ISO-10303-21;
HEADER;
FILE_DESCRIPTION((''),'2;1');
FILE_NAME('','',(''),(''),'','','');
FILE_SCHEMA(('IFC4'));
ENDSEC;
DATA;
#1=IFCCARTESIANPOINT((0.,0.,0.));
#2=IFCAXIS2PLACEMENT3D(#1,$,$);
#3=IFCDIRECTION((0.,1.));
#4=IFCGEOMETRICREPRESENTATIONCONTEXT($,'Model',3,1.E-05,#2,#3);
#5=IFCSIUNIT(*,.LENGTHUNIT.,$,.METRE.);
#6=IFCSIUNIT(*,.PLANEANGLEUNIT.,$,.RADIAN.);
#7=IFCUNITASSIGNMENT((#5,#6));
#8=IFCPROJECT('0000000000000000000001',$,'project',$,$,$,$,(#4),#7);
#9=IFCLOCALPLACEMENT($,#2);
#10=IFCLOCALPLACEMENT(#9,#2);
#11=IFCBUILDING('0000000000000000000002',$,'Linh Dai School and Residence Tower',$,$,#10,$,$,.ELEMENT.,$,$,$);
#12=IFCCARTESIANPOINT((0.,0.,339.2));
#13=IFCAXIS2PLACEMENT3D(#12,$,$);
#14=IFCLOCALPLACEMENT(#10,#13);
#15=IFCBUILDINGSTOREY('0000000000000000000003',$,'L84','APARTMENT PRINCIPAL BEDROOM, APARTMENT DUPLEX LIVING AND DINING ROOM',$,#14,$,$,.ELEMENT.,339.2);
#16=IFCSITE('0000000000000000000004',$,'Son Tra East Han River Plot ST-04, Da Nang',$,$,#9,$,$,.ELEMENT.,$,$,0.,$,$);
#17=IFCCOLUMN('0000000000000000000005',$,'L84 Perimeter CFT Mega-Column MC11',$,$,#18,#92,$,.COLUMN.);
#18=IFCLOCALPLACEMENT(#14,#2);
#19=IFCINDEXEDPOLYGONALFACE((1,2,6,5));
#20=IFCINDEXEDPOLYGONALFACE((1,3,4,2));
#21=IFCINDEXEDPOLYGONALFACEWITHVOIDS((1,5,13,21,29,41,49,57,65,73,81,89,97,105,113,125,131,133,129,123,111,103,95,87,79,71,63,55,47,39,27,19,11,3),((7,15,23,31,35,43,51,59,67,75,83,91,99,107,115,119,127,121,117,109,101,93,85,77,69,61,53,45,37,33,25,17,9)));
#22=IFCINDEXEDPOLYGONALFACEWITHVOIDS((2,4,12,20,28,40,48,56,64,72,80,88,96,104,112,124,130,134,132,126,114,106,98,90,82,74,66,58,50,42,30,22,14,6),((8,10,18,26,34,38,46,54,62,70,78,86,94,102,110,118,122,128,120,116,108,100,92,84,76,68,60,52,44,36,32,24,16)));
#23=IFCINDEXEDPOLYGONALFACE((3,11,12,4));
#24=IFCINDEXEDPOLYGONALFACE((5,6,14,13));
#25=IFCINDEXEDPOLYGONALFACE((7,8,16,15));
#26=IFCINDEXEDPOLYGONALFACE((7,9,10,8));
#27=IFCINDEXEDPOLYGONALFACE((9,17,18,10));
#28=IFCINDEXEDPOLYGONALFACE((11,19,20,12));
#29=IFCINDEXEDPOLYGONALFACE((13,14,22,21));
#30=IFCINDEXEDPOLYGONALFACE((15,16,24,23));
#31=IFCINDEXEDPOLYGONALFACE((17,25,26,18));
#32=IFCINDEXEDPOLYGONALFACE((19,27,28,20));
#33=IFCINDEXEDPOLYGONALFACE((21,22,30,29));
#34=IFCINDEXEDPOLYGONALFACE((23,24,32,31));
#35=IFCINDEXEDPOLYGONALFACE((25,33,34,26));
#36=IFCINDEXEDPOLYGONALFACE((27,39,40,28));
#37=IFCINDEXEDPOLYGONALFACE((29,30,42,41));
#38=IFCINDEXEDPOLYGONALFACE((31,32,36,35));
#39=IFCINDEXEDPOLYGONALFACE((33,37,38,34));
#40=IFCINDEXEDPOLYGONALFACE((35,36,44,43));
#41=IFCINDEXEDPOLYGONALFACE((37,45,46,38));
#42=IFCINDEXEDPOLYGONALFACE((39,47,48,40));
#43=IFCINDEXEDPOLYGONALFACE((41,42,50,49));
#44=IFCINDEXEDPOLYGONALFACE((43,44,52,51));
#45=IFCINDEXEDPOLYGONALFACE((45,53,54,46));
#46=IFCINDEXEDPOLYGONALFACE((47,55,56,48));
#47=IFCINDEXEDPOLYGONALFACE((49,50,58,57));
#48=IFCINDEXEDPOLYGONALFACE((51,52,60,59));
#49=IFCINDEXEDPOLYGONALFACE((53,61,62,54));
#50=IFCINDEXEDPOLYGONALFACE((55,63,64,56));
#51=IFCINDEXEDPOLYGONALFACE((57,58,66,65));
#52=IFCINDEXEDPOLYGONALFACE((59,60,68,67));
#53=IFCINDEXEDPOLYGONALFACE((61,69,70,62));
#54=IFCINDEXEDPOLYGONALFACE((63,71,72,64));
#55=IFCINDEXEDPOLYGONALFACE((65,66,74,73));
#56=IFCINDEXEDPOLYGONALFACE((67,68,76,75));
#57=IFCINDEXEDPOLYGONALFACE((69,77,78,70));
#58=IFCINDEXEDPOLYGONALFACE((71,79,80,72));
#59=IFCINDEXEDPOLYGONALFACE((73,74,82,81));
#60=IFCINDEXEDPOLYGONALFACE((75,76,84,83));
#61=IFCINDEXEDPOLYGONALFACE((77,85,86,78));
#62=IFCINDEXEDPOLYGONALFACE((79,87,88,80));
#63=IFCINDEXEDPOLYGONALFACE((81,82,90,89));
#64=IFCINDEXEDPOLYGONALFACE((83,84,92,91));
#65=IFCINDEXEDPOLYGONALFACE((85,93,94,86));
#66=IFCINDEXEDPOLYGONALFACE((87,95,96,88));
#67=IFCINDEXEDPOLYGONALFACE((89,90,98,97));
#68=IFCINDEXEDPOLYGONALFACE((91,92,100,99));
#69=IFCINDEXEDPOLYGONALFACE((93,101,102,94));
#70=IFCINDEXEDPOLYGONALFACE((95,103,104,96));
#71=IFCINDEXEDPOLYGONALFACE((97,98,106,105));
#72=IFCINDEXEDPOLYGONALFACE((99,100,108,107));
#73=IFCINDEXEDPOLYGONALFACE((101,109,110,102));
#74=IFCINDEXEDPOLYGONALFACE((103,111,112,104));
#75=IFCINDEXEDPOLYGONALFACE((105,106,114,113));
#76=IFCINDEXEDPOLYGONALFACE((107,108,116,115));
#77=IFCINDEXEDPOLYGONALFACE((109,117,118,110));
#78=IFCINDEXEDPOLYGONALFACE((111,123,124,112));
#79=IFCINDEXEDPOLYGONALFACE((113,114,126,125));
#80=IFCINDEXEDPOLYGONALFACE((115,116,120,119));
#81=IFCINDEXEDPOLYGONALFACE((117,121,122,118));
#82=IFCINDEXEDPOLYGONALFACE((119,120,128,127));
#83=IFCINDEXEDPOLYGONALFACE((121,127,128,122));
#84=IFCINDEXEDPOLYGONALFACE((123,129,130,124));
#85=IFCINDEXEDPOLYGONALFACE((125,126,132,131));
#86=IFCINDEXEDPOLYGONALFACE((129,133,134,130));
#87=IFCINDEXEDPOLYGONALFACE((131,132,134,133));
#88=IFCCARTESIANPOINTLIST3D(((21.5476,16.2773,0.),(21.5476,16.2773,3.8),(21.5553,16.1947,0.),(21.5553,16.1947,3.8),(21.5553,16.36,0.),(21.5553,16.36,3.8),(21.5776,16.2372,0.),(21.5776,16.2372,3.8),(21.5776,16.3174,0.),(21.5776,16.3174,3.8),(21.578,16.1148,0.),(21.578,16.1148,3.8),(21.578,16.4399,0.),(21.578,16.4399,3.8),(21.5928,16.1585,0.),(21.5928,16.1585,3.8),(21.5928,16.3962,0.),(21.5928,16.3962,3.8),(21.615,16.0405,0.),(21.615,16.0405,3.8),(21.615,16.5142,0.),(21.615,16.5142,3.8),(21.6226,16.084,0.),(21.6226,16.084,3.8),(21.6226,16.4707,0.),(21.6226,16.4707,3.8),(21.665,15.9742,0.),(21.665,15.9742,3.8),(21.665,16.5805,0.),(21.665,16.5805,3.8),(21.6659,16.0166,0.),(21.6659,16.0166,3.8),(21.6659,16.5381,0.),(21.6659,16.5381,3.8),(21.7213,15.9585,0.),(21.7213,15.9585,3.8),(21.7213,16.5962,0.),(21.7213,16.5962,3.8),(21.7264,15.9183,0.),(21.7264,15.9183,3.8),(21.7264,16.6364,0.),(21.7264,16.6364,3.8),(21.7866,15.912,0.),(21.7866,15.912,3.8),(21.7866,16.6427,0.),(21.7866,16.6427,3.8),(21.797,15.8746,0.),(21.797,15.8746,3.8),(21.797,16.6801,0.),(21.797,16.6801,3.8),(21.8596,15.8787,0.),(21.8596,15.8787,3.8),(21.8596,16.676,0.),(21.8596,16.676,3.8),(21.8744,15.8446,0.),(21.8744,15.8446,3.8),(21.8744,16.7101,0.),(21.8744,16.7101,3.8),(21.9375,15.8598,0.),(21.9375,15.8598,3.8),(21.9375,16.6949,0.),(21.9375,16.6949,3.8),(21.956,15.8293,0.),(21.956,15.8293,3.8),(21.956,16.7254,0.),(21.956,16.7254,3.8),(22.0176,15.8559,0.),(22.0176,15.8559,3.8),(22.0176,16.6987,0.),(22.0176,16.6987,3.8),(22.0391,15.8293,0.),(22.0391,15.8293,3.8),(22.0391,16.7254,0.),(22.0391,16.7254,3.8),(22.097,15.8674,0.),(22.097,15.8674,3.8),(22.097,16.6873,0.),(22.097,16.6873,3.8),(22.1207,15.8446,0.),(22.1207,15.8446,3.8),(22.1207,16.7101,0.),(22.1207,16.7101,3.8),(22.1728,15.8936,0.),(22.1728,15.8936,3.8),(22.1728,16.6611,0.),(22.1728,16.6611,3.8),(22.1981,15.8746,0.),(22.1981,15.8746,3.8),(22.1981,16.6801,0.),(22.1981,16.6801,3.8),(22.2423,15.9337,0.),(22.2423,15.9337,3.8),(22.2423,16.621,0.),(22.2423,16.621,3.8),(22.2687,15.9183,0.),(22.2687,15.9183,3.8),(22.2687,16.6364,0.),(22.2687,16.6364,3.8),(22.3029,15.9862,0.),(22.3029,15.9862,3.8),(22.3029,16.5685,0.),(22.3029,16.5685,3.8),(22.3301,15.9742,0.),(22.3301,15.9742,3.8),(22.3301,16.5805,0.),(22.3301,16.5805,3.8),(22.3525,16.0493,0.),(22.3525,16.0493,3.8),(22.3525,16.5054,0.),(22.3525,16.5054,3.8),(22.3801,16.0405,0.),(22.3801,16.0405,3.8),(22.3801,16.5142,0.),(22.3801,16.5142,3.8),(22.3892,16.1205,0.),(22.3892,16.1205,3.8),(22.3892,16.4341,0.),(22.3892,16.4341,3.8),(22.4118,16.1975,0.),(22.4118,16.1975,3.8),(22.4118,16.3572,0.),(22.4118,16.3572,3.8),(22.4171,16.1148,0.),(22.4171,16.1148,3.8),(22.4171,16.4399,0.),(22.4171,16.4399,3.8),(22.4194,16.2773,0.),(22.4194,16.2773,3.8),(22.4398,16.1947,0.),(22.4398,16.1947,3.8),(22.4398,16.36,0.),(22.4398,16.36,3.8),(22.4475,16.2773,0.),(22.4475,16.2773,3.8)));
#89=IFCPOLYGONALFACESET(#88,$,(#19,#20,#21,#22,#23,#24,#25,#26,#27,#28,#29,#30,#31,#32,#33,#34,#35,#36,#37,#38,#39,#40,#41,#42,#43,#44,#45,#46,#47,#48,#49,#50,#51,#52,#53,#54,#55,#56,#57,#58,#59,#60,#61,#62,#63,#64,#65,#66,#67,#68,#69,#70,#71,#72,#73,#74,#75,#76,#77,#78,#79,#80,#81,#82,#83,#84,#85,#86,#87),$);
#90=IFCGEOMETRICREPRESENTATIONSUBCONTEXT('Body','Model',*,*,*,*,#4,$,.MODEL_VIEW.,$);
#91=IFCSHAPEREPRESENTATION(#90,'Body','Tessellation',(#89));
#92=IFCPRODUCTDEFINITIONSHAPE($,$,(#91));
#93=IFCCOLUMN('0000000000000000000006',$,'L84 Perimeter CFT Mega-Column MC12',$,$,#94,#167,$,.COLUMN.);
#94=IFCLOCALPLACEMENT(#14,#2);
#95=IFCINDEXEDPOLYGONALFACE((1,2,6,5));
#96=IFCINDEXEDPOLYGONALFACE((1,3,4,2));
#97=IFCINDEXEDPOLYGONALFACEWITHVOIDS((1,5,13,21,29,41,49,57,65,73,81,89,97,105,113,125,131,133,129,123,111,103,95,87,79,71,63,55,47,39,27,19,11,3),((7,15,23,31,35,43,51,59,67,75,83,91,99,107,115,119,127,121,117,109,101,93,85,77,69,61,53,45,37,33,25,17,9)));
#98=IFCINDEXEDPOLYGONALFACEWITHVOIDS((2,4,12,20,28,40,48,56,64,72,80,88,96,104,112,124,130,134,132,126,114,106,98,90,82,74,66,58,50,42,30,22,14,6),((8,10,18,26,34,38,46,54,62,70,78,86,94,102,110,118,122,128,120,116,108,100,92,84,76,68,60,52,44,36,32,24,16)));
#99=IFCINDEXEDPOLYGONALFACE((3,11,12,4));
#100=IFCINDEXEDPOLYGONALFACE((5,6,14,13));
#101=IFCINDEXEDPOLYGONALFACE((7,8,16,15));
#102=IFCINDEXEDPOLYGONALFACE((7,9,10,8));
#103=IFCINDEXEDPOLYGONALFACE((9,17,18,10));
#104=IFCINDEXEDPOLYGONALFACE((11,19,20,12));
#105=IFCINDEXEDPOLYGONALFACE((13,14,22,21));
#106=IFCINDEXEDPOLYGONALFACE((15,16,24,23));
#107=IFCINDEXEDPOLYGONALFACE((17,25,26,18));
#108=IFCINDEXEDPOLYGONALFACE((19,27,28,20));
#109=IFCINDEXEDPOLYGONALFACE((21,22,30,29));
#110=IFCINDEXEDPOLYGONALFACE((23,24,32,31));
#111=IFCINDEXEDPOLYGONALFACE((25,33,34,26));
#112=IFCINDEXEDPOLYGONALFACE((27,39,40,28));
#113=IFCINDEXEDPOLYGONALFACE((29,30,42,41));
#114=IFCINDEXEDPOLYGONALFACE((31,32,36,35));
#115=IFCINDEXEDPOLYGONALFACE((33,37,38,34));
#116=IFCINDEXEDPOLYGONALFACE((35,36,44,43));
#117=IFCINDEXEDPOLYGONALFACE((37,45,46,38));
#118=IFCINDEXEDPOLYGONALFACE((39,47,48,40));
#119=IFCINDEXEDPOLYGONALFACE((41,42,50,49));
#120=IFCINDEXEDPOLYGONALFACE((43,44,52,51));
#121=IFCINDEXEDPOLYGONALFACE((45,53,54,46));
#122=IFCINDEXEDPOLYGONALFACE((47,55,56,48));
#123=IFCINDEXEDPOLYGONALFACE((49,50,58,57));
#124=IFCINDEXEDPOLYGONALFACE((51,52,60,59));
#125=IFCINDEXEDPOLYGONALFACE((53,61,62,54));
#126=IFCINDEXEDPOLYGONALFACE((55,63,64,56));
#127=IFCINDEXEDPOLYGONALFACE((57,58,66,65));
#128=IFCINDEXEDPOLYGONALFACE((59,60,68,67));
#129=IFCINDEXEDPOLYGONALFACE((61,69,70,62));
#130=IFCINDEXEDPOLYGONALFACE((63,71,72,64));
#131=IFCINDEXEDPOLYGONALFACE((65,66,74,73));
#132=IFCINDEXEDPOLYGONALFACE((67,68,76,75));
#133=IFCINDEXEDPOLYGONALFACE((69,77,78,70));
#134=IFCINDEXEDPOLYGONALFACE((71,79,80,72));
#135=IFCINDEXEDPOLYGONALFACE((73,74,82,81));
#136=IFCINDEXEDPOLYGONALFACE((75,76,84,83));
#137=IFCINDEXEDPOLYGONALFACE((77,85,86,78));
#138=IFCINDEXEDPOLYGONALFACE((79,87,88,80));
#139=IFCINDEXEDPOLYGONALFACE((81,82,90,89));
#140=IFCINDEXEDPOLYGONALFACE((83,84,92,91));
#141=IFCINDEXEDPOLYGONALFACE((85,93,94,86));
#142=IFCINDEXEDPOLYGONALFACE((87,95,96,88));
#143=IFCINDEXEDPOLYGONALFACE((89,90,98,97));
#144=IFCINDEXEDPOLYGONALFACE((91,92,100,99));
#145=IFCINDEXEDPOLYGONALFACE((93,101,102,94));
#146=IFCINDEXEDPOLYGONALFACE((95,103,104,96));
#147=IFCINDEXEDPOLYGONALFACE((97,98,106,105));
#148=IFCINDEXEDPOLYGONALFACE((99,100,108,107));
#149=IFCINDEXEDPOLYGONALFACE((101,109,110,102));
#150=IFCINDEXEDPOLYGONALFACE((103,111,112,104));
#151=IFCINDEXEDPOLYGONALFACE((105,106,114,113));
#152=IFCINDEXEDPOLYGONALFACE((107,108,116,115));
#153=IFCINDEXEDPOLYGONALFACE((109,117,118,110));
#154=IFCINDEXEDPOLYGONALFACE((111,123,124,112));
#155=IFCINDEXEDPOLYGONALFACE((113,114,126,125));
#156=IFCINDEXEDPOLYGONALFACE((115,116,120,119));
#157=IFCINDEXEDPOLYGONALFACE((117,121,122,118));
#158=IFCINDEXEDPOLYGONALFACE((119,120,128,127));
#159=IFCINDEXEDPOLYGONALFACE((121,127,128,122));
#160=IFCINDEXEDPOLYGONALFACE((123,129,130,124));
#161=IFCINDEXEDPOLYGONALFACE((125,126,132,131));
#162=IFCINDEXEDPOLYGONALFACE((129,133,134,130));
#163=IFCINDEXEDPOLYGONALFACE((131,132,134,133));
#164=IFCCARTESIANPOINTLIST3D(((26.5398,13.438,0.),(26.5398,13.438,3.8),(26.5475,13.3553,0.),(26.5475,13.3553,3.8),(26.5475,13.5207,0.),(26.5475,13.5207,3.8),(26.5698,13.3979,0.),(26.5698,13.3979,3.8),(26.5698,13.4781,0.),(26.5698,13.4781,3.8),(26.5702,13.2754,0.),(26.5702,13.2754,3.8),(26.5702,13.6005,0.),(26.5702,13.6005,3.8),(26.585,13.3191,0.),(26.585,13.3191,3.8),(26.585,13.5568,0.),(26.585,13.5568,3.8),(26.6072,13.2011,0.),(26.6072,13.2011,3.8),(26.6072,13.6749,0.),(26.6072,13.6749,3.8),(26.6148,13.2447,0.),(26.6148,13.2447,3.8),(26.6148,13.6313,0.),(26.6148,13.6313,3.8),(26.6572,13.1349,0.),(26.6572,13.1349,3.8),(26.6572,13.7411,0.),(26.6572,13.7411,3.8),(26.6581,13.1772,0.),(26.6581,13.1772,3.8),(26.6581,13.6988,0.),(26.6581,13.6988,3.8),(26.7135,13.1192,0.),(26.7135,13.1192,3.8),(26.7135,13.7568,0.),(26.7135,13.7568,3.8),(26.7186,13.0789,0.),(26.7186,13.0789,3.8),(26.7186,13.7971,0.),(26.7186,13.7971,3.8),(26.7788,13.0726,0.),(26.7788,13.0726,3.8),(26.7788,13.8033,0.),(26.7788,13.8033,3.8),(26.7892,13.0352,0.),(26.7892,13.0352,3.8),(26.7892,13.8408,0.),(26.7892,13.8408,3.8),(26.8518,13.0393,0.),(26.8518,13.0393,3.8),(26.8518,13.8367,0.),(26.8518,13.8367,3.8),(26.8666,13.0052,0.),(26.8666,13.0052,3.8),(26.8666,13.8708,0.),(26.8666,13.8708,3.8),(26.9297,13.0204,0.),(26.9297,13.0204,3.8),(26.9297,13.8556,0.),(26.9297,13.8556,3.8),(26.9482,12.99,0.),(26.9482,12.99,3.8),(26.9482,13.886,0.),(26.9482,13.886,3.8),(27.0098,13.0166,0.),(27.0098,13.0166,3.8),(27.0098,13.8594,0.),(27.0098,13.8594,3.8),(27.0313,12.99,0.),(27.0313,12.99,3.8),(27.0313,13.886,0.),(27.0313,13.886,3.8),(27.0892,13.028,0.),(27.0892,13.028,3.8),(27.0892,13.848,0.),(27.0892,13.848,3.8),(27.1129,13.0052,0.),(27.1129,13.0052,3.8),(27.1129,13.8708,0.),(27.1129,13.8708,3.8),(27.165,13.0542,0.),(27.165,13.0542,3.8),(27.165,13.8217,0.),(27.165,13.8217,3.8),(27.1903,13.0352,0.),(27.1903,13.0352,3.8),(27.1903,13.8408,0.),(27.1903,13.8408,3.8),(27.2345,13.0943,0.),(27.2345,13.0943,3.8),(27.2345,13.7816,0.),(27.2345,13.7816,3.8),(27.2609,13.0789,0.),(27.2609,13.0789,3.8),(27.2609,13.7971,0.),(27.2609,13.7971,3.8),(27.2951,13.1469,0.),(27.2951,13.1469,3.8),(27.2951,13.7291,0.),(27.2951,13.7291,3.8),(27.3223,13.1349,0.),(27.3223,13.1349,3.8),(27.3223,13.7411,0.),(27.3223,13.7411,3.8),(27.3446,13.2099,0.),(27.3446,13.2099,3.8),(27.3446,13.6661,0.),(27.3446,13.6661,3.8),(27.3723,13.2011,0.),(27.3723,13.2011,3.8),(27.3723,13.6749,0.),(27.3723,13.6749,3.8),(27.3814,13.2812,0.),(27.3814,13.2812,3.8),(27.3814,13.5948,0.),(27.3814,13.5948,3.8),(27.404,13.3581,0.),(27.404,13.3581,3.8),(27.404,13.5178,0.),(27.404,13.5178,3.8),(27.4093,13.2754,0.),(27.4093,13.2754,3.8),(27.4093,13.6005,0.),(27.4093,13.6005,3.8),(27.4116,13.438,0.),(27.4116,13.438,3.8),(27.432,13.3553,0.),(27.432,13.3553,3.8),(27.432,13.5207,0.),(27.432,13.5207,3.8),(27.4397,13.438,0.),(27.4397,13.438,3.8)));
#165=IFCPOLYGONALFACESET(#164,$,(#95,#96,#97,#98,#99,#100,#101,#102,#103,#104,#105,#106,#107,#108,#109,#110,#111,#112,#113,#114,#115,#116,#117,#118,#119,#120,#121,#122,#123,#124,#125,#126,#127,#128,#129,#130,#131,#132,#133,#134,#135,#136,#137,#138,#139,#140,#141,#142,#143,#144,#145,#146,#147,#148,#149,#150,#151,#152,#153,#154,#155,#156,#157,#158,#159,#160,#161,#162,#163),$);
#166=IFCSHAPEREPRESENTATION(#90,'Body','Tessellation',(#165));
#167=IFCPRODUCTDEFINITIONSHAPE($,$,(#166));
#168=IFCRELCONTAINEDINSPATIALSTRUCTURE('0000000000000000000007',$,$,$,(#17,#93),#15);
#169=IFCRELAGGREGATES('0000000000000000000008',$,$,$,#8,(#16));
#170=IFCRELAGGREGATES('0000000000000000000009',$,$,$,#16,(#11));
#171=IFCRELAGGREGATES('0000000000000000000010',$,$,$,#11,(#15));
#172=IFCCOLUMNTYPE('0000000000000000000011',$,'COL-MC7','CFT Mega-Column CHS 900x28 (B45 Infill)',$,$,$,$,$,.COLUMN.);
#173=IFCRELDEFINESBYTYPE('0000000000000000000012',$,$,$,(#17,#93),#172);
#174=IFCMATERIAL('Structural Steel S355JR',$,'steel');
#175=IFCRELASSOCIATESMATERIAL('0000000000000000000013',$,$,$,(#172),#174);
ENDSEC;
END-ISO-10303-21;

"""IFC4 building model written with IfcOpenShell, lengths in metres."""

from ifc_helpers import new_model, si_unit, direction, frame, origin, origin_2d, place, context, subcontext, project, spatial, hollow_circle, extrude, material, material_profile, profile_set, type_object, element, save


model = new_model("IFC4")

# Units and contexts
model_context = context("Model", 3, precision=1e-05, world=origin(), true_north=direction((0.0, 1.0)))
body_context = subcontext(model_context, "Body", "Model", "MODEL_VIEW")
ifc_project = project(units=[si_unit("LENGTHUNIT", "METRE"), si_unit("PLANEANGLEUNIT", "RADIAN")], contexts=[model_context])

# Site, building, storey
site_placement = place(None, origin())
site = spatial("IfcSite", under=ifc_project, at=site_placement, Name="Son Tra East Han River Plot ST-04, Da Nang", CompositionType="ELEMENT", RefElevation=0.0)
building_placement = place(site_placement, origin())
building = spatial("IfcBuilding", under=site, at=building_placement, Name="Linh Dai School and Residence Tower", CompositionType="ELEMENT")
storey_placement = place(building_placement, frame((0.0, 0.0, 339.2)))
storey = spatial("IfcBuildingStorey", under=building, at=storey_placement, Name="L84", Description="APARTMENT PRINCIPAL BEDROOM, APARTMENT DUPLEX LIVING AND DINING ROOM", CompositionType="ELEMENT", Elevation=339.2)

# Columns
ifc_material_1 = material(Name="Structural Steel S355JR", Category="steel")
ifc_material_profile_1 = material_profile(ifc_material_1, hollow_circle(Radius=0.45, WallThickness=0.0281, at=origin_2d()), Name="CHS 900x28")
ifc_profile_set_1 = profile_set([ifc_material_profile_1], Name="Structural Steel S355JR")
column_type = type_object("IfcColumnType", Name="COL-MC7", Description="CFT Mega-Column CHS 900x28 (B45 Infill)", PredefinedType="COLUMN", material=ifc_profile_set_1)
for number, where, z_axis, x_axis, name in (
    (1, (21.9976, 16.2773, 0.0), (0.0, 0.0, 1.0), (1.0, 0.0, 0.0), "L84 Perimeter CFT Mega-Column MC11"),
    (2, (26.9897, 13.438, 0.0), (0.0, 0.0, 1.0), (1.0, 0.0, 0.0), "L84 Perimeter CFT Mega-Column MC12"),
):
    element("IfcColumn", number, at=place(storey_placement, frame(where, z_axis=z_axis, x_axis=x_axis)), inside=storey, type_object=column_type, Name=name, PredefinedType="COLUMN", context=body_context, shape_type="SweptSolid", body=[
        extrude(hollow_circle(Radius=0.45, WallThickness=0.0281, at=origin_2d()), origin(), (0.0, 0.0, 1.0), 3.8),
    ])

save(model, "model.ifc")
